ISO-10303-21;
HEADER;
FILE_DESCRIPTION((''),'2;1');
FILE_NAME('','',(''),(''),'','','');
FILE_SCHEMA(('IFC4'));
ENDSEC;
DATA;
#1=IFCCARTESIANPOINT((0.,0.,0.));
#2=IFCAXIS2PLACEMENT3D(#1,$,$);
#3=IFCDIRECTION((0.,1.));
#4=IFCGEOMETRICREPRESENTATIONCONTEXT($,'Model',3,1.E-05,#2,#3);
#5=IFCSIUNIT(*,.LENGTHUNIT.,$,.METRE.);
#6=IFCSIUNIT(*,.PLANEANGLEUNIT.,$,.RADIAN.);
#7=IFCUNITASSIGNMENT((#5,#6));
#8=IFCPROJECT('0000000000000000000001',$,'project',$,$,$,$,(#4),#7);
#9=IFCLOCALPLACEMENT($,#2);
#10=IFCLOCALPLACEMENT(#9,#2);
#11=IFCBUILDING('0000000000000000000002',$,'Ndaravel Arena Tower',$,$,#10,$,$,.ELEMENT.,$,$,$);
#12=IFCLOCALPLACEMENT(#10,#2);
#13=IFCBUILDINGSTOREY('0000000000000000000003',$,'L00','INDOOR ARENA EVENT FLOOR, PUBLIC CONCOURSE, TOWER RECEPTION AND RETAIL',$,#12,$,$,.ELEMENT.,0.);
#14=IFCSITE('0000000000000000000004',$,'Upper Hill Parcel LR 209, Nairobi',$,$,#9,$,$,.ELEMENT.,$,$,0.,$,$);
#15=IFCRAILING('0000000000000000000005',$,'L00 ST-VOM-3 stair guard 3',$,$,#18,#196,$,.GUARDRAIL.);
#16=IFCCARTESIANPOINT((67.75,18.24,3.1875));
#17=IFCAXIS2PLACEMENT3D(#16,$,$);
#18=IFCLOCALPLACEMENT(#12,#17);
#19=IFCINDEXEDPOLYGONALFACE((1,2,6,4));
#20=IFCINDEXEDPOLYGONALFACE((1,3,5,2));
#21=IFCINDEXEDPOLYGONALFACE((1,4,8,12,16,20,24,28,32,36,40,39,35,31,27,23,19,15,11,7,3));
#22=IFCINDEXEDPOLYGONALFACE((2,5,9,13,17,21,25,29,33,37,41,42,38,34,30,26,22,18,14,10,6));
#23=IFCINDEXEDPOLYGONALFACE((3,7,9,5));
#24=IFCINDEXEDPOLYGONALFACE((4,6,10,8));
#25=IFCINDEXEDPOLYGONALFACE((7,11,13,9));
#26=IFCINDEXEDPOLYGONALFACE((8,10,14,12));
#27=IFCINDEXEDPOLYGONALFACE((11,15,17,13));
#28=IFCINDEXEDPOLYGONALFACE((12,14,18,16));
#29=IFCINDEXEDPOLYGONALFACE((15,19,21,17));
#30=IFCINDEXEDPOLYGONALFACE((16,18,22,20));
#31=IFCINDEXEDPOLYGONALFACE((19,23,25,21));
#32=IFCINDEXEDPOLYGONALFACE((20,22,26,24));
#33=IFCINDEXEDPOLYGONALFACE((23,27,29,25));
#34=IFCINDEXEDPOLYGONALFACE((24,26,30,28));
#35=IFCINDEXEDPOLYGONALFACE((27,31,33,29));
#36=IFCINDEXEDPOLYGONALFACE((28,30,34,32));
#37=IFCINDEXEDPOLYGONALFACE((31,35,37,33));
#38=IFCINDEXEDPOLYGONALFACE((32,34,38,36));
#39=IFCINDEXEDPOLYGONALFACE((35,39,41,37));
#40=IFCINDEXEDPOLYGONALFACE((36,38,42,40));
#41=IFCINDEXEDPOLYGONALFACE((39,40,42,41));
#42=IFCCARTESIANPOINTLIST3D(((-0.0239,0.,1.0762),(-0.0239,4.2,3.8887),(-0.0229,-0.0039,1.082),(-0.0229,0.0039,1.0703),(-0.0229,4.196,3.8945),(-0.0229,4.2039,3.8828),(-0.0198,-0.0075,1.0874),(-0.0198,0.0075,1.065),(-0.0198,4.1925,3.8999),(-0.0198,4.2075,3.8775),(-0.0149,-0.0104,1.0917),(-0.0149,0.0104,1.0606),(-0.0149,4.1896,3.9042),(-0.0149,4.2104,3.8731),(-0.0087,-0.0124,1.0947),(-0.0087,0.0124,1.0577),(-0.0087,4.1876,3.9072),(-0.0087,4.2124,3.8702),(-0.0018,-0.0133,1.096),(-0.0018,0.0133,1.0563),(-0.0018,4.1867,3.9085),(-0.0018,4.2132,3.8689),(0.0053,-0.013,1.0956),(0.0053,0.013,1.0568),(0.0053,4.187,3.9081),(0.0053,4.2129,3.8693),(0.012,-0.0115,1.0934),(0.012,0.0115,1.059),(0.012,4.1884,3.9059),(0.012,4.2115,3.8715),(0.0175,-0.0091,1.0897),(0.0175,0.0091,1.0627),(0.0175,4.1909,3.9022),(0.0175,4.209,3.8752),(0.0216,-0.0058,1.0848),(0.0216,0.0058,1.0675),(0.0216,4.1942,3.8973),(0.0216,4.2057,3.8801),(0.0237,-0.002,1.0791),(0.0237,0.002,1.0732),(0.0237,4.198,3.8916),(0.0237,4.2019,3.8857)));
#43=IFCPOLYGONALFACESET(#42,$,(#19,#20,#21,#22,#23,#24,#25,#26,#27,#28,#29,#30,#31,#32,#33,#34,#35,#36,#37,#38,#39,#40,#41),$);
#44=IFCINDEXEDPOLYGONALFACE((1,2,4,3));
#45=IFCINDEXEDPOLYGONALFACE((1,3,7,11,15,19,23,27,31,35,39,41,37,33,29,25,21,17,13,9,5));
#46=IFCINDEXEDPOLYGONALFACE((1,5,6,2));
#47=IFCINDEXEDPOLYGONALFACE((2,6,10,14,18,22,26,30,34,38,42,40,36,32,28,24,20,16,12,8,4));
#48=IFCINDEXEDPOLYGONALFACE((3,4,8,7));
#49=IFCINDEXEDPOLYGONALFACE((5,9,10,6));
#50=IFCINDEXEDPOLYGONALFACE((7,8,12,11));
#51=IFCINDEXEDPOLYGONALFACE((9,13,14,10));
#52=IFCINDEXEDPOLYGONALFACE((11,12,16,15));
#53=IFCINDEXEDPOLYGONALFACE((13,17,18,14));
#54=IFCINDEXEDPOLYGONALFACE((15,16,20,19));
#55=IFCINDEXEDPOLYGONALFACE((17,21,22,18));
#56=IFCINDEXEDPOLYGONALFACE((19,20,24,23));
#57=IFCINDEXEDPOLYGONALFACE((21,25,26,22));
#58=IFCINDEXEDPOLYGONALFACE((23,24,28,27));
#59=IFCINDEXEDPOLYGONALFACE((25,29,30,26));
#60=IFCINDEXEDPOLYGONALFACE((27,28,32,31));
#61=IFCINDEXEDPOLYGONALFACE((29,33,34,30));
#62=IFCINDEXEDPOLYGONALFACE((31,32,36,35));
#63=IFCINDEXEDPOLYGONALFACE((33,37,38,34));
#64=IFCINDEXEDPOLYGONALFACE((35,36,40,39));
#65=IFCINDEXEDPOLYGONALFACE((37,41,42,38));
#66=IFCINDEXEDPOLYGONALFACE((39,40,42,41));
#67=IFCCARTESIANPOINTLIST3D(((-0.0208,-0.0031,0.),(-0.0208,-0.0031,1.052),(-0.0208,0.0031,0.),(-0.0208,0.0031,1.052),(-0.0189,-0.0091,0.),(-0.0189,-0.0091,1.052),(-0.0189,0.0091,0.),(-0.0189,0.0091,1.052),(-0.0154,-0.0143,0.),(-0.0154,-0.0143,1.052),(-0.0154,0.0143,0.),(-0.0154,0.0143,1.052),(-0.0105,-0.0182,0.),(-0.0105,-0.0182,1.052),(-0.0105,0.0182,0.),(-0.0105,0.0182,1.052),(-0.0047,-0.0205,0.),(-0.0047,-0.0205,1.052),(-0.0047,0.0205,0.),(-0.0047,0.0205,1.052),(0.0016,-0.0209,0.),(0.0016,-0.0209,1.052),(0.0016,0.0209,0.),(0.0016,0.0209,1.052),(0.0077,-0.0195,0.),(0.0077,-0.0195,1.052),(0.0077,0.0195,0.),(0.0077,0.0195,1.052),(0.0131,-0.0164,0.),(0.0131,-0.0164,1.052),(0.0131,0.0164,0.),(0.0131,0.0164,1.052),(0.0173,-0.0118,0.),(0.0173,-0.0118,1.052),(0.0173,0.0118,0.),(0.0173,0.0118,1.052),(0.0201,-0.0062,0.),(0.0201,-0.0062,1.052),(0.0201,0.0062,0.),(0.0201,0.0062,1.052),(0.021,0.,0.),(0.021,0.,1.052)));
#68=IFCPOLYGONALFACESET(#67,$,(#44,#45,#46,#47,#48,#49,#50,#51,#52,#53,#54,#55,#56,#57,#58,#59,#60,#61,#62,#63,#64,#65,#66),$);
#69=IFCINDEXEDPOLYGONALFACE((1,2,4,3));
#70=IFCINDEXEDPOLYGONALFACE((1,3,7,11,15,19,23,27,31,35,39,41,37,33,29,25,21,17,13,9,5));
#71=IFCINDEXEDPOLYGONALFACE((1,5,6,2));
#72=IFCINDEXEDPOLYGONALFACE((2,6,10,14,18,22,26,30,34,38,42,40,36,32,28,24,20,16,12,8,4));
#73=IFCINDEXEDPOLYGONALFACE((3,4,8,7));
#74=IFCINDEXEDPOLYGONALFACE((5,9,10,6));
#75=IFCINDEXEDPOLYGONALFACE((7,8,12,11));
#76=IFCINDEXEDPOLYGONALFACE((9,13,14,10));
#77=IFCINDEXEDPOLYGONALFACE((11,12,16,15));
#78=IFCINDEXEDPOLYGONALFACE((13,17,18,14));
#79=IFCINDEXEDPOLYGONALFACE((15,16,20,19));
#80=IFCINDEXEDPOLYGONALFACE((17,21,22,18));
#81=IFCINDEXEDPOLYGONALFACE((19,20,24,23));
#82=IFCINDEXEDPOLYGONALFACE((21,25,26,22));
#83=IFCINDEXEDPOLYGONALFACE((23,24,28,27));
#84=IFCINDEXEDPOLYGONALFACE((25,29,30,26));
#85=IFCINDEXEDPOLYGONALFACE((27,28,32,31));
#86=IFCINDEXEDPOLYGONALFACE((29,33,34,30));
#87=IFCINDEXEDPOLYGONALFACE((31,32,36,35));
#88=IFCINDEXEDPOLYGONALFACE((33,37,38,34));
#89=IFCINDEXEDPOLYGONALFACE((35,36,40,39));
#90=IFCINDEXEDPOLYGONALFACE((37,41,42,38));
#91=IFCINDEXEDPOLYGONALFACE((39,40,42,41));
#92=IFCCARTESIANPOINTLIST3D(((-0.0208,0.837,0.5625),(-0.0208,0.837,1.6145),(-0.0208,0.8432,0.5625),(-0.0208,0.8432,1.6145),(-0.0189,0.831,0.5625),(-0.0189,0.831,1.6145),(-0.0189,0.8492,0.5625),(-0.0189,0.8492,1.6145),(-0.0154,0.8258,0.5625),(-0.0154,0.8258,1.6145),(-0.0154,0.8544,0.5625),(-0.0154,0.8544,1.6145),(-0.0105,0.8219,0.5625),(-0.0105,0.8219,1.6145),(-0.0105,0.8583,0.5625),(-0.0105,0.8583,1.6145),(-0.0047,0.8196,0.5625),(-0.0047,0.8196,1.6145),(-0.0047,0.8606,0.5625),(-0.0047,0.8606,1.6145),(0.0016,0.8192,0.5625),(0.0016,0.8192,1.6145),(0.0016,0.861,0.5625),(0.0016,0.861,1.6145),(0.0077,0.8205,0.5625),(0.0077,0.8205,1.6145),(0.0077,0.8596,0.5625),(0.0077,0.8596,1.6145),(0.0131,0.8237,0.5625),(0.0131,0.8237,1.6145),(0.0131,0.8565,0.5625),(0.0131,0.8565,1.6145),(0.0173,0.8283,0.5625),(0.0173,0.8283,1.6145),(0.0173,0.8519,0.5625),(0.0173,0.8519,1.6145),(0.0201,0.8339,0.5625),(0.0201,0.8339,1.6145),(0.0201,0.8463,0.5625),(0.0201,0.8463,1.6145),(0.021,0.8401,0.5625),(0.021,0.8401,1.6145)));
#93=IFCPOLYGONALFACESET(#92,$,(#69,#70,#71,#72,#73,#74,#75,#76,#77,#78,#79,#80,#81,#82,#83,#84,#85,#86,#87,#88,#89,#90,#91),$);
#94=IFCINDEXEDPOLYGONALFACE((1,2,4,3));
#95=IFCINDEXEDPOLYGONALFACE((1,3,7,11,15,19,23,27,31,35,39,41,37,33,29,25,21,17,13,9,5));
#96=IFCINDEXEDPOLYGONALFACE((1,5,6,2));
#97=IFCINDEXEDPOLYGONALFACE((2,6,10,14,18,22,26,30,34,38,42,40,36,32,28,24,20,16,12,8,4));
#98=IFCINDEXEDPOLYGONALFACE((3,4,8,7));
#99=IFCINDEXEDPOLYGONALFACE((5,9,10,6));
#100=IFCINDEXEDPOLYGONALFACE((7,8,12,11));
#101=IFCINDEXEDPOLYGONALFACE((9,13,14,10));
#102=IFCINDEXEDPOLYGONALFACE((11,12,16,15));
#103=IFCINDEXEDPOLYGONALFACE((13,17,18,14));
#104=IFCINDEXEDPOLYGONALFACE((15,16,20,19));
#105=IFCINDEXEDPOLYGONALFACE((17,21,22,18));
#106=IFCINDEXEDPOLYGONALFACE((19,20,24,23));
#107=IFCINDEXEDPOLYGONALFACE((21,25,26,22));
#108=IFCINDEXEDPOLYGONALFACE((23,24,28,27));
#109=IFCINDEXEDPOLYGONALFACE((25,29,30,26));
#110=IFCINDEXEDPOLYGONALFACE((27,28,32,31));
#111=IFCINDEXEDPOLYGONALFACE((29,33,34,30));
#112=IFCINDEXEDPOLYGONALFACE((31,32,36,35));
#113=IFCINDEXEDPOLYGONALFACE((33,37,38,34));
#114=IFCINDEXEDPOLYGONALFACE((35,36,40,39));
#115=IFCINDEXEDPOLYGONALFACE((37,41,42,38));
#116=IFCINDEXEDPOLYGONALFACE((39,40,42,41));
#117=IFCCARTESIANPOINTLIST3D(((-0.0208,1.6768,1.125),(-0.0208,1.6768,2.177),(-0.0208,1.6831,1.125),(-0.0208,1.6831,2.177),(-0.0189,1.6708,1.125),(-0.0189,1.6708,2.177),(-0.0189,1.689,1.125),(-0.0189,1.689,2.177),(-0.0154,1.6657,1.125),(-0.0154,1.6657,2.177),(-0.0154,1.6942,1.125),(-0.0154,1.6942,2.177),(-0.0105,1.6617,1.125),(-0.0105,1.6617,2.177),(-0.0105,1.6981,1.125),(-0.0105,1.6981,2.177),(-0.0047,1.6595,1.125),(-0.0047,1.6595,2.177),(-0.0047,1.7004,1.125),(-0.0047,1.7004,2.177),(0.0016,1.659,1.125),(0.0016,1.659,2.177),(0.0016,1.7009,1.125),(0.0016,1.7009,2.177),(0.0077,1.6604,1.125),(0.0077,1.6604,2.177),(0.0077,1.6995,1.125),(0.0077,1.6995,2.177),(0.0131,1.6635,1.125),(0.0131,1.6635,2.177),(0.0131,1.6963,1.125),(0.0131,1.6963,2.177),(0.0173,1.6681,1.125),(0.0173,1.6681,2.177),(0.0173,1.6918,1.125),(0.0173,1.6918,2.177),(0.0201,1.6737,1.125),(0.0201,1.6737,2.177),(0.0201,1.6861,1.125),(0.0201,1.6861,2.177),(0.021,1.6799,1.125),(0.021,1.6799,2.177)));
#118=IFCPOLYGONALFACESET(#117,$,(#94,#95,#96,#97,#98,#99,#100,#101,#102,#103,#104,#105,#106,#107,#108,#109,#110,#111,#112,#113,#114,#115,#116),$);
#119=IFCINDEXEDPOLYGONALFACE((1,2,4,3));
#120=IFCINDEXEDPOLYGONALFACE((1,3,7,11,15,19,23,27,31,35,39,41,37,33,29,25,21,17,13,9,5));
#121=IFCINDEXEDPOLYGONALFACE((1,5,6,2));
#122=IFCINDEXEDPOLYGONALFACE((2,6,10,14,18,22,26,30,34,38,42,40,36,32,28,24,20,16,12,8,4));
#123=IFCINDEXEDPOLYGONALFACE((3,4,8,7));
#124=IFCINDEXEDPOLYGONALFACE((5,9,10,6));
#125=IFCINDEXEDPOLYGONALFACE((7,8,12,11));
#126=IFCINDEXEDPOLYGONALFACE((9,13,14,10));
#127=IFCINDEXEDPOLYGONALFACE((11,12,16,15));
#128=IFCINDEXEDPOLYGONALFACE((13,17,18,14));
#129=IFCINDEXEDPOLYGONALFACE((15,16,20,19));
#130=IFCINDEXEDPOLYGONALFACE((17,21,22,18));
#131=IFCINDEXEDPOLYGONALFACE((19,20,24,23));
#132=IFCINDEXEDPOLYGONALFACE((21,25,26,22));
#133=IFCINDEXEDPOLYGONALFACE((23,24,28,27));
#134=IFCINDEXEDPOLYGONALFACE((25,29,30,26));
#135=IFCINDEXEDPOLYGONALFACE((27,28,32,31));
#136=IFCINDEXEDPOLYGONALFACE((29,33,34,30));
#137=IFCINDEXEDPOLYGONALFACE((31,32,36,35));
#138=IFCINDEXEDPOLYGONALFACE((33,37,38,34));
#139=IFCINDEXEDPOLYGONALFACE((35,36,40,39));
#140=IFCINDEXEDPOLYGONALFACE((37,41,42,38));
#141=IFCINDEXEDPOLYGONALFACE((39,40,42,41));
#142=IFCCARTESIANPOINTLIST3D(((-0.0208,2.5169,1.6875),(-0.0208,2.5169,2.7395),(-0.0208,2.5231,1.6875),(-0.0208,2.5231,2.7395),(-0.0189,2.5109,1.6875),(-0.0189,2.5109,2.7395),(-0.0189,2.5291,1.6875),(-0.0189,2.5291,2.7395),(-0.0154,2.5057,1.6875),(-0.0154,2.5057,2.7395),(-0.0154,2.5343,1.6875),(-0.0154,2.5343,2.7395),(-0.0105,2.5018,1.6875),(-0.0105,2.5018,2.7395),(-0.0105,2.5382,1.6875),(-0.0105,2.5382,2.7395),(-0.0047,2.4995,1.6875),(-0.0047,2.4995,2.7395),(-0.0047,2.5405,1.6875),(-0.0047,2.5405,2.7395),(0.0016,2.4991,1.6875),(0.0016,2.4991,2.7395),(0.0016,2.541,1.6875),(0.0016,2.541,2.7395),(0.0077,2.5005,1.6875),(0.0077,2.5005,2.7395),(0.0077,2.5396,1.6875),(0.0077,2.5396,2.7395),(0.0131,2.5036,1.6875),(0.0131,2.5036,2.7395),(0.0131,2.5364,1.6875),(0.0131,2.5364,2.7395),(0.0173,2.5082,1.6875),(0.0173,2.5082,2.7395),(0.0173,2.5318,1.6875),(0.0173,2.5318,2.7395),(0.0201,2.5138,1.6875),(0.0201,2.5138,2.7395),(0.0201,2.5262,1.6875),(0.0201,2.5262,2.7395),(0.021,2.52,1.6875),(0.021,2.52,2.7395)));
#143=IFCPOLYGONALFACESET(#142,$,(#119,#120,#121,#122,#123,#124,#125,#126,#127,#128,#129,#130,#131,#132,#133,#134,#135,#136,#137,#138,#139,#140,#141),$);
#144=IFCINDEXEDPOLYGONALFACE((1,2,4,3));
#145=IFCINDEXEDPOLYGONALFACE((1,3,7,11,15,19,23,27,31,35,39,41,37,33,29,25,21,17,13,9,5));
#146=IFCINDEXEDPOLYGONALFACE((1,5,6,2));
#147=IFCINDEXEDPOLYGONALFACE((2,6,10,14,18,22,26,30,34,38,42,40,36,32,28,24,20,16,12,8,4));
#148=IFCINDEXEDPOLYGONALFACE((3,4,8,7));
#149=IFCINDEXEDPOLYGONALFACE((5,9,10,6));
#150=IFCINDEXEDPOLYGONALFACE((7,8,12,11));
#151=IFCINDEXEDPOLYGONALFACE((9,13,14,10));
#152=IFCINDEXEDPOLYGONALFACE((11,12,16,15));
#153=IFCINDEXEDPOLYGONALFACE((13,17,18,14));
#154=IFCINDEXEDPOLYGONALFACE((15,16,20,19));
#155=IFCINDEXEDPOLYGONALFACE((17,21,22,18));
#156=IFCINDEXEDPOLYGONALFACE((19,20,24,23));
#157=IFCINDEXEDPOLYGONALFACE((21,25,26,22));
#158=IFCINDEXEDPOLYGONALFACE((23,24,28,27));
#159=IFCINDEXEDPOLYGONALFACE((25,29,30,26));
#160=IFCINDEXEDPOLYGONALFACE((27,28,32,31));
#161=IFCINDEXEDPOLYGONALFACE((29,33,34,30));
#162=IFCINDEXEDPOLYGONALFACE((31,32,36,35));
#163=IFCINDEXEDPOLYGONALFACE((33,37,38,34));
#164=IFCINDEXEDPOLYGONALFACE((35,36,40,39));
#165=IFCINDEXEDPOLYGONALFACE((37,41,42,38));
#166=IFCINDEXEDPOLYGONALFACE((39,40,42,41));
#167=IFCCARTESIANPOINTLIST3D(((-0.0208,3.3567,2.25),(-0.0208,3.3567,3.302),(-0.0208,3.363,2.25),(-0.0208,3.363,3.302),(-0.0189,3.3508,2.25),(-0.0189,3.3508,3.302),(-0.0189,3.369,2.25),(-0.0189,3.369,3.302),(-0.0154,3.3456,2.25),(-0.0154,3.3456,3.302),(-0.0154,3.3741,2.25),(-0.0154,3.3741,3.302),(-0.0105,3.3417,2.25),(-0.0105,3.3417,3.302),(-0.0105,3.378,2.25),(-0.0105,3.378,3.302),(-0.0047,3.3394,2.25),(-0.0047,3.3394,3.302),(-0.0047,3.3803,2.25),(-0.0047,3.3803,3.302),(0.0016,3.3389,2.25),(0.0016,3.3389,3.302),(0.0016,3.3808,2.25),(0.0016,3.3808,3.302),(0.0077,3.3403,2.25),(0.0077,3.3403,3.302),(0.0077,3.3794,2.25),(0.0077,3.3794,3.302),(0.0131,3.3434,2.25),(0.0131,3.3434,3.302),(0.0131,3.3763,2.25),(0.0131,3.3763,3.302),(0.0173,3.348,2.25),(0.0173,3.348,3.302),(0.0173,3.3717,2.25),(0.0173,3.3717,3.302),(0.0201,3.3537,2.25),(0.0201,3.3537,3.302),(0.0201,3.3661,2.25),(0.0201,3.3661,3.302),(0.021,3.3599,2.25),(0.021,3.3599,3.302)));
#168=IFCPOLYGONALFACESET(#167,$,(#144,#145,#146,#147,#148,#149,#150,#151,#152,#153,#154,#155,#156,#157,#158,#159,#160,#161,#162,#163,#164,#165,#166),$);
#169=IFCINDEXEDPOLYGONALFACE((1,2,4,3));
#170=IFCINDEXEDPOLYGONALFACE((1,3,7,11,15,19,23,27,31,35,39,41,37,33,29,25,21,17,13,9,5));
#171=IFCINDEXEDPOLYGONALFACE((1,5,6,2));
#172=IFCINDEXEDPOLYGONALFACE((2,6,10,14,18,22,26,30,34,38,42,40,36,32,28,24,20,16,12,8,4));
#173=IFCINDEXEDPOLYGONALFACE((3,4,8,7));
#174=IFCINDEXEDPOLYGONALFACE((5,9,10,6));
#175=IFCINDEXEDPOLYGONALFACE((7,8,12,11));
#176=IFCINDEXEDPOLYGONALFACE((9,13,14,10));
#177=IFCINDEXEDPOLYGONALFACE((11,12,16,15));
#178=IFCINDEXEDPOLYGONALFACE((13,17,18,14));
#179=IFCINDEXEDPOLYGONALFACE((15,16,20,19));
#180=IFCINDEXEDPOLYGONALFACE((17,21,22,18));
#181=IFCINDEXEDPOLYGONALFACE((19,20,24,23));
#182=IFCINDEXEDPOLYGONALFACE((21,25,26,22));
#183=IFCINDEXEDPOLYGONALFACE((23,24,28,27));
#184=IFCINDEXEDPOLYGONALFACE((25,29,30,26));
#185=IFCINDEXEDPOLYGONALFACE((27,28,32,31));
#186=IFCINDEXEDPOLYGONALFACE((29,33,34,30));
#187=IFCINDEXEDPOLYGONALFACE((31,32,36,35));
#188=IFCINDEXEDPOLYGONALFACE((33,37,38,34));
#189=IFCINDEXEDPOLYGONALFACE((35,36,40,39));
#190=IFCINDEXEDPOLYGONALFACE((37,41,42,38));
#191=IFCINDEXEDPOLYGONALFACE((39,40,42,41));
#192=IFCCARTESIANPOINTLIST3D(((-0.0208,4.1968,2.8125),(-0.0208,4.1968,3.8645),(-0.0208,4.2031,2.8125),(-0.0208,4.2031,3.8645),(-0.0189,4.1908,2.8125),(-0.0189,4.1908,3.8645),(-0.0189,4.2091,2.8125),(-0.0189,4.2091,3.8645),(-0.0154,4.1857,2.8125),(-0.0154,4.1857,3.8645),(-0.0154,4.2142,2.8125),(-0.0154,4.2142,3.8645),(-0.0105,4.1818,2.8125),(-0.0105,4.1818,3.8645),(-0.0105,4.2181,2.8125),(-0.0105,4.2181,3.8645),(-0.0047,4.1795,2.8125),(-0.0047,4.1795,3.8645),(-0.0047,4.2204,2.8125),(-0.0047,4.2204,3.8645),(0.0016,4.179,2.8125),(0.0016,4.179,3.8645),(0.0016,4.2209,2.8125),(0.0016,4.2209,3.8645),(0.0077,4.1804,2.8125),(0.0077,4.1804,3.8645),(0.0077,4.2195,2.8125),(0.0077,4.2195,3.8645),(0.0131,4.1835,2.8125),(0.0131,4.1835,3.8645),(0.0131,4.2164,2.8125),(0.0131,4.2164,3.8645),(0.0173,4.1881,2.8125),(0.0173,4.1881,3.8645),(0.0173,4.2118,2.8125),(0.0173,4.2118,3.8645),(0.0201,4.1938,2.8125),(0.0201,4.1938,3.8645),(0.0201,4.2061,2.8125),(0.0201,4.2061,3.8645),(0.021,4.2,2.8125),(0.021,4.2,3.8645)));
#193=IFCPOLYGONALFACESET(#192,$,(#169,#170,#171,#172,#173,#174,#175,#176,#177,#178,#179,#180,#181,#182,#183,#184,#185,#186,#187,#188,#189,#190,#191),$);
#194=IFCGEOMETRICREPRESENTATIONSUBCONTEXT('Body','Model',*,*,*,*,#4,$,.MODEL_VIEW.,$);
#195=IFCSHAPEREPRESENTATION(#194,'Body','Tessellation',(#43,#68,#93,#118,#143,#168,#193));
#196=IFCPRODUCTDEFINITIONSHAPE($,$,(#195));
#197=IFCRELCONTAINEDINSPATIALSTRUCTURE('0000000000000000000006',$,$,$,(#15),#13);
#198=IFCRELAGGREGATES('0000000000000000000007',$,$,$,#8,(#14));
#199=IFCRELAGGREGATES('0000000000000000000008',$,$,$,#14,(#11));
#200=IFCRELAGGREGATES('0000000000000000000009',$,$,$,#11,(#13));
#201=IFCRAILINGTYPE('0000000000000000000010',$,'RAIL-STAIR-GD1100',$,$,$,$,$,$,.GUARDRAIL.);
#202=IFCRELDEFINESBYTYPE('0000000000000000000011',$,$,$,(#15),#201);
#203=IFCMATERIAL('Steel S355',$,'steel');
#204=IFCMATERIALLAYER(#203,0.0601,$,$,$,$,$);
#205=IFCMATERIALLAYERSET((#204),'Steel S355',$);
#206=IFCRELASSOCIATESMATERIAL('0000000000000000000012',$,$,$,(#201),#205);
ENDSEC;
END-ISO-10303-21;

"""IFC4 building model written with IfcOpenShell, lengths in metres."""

from ifc_helpers import new_model, si_unit, direction, frame, origin, origin_2d, place, context, subcontext, project, spatial, circle, extrude, material, layer, layer_set, type_object, element, save


model = new_model("IFC4")

# Units and contexts
model_context = context("Model", 3, precision=1e-05, world=origin(), true_north=direction((0.0, 1.0)))
body_context = subcontext(model_context, "Body", "Model", "MODEL_VIEW")
ifc_project = project(units=[si_unit("LENGTHUNIT", "METRE"), si_unit("PLANEANGLEUNIT", "RADIAN")], contexts=[model_context])

# Site, building, storey
site_placement = place(None, origin())
site = spatial("IfcSite", under=ifc_project, at=site_placement, Name="Upper Hill Parcel LR 209, Nairobi", CompositionType="ELEMENT", RefElevation=0.0)
building_placement = place(site_placement, origin())
building = spatial("IfcBuilding", under=site, at=building_placement, Name="Ndaravel Arena Tower", CompositionType="ELEMENT")
storey_placement = place(building_placement, origin())
storey = spatial("IfcBuildingStorey", under=building, at=storey_placement, Name="L00", Description="INDOOR ARENA EVENT FLOOR, PUBLIC CONCOURSE, TOWER RECEPTION AND RETAIL", CompositionType="ELEMENT", Elevation=0.0)

# Railing
ifc_material_1 = material(Name="Steel S355", Category="steel")
ifc_layer_1 = layer(ifc_material_1, 0.0601)
ifc_layer_set_1 = layer_set([ifc_layer_1], Name="Steel S355")
railing_type_1 = type_object("IfcRailingType", Name="RAIL-STAIR-GD1100", PredefinedType="GUARDRAIL", material=ifc_layer_set_1)
railing_1_placement = place(storey_placement, frame((67.75, 18.24, 3.1875)))
element("IfcRailing", 1, at=railing_1_placement, inside=storey, type_object=railing_type_1, Name="L00 ST-VOM-3 stair guard 3", PredefinedType="GUARDRAIL", context=body_context, shape_type="SweptSolid", body=[
    extrude(circle(Radius=0.0239, at=origin_2d()), frame((0.0, 0.0, 1.0762), z_axis=(0.0, 0.830904, 0.556416), x_axis=(-1.0, 0.0, 0.0)), (0.0, 0.0, 1.0), 5.0547),
    extrude(circle(Radius=0.021, at=origin_2d()), origin(), (0.0, 0.0, 1.0), 1.052),
    extrude(circle(Radius=0.021, at=origin_2d()), frame((0.0, 0.8401, 0.5625)), (0.0, 0.0, 1.0), 1.052),
    extrude(circle(Radius=0.021, at=origin_2d()), frame((0.0, 1.6799, 1.125)), (0.0, 0.0, 1.0), 1.052),
    extrude(circle(Radius=0.021, at=origin_2d()), frame((0.0, 2.52, 1.6875)), (0.0, 0.0, 1.0), 1.052),
    extrude(circle(Radius=0.021, at=origin_2d()), frame((0.0, 3.3599, 2.25)), (0.0, 0.0, 1.0), 1.052),
    extrude(circle(Radius=0.021, at=origin_2d()), frame((0.0, 4.2, 2.8125)), (0.0, 0.0, 1.0), 1.052),
])

save(model, "model.ifc")
